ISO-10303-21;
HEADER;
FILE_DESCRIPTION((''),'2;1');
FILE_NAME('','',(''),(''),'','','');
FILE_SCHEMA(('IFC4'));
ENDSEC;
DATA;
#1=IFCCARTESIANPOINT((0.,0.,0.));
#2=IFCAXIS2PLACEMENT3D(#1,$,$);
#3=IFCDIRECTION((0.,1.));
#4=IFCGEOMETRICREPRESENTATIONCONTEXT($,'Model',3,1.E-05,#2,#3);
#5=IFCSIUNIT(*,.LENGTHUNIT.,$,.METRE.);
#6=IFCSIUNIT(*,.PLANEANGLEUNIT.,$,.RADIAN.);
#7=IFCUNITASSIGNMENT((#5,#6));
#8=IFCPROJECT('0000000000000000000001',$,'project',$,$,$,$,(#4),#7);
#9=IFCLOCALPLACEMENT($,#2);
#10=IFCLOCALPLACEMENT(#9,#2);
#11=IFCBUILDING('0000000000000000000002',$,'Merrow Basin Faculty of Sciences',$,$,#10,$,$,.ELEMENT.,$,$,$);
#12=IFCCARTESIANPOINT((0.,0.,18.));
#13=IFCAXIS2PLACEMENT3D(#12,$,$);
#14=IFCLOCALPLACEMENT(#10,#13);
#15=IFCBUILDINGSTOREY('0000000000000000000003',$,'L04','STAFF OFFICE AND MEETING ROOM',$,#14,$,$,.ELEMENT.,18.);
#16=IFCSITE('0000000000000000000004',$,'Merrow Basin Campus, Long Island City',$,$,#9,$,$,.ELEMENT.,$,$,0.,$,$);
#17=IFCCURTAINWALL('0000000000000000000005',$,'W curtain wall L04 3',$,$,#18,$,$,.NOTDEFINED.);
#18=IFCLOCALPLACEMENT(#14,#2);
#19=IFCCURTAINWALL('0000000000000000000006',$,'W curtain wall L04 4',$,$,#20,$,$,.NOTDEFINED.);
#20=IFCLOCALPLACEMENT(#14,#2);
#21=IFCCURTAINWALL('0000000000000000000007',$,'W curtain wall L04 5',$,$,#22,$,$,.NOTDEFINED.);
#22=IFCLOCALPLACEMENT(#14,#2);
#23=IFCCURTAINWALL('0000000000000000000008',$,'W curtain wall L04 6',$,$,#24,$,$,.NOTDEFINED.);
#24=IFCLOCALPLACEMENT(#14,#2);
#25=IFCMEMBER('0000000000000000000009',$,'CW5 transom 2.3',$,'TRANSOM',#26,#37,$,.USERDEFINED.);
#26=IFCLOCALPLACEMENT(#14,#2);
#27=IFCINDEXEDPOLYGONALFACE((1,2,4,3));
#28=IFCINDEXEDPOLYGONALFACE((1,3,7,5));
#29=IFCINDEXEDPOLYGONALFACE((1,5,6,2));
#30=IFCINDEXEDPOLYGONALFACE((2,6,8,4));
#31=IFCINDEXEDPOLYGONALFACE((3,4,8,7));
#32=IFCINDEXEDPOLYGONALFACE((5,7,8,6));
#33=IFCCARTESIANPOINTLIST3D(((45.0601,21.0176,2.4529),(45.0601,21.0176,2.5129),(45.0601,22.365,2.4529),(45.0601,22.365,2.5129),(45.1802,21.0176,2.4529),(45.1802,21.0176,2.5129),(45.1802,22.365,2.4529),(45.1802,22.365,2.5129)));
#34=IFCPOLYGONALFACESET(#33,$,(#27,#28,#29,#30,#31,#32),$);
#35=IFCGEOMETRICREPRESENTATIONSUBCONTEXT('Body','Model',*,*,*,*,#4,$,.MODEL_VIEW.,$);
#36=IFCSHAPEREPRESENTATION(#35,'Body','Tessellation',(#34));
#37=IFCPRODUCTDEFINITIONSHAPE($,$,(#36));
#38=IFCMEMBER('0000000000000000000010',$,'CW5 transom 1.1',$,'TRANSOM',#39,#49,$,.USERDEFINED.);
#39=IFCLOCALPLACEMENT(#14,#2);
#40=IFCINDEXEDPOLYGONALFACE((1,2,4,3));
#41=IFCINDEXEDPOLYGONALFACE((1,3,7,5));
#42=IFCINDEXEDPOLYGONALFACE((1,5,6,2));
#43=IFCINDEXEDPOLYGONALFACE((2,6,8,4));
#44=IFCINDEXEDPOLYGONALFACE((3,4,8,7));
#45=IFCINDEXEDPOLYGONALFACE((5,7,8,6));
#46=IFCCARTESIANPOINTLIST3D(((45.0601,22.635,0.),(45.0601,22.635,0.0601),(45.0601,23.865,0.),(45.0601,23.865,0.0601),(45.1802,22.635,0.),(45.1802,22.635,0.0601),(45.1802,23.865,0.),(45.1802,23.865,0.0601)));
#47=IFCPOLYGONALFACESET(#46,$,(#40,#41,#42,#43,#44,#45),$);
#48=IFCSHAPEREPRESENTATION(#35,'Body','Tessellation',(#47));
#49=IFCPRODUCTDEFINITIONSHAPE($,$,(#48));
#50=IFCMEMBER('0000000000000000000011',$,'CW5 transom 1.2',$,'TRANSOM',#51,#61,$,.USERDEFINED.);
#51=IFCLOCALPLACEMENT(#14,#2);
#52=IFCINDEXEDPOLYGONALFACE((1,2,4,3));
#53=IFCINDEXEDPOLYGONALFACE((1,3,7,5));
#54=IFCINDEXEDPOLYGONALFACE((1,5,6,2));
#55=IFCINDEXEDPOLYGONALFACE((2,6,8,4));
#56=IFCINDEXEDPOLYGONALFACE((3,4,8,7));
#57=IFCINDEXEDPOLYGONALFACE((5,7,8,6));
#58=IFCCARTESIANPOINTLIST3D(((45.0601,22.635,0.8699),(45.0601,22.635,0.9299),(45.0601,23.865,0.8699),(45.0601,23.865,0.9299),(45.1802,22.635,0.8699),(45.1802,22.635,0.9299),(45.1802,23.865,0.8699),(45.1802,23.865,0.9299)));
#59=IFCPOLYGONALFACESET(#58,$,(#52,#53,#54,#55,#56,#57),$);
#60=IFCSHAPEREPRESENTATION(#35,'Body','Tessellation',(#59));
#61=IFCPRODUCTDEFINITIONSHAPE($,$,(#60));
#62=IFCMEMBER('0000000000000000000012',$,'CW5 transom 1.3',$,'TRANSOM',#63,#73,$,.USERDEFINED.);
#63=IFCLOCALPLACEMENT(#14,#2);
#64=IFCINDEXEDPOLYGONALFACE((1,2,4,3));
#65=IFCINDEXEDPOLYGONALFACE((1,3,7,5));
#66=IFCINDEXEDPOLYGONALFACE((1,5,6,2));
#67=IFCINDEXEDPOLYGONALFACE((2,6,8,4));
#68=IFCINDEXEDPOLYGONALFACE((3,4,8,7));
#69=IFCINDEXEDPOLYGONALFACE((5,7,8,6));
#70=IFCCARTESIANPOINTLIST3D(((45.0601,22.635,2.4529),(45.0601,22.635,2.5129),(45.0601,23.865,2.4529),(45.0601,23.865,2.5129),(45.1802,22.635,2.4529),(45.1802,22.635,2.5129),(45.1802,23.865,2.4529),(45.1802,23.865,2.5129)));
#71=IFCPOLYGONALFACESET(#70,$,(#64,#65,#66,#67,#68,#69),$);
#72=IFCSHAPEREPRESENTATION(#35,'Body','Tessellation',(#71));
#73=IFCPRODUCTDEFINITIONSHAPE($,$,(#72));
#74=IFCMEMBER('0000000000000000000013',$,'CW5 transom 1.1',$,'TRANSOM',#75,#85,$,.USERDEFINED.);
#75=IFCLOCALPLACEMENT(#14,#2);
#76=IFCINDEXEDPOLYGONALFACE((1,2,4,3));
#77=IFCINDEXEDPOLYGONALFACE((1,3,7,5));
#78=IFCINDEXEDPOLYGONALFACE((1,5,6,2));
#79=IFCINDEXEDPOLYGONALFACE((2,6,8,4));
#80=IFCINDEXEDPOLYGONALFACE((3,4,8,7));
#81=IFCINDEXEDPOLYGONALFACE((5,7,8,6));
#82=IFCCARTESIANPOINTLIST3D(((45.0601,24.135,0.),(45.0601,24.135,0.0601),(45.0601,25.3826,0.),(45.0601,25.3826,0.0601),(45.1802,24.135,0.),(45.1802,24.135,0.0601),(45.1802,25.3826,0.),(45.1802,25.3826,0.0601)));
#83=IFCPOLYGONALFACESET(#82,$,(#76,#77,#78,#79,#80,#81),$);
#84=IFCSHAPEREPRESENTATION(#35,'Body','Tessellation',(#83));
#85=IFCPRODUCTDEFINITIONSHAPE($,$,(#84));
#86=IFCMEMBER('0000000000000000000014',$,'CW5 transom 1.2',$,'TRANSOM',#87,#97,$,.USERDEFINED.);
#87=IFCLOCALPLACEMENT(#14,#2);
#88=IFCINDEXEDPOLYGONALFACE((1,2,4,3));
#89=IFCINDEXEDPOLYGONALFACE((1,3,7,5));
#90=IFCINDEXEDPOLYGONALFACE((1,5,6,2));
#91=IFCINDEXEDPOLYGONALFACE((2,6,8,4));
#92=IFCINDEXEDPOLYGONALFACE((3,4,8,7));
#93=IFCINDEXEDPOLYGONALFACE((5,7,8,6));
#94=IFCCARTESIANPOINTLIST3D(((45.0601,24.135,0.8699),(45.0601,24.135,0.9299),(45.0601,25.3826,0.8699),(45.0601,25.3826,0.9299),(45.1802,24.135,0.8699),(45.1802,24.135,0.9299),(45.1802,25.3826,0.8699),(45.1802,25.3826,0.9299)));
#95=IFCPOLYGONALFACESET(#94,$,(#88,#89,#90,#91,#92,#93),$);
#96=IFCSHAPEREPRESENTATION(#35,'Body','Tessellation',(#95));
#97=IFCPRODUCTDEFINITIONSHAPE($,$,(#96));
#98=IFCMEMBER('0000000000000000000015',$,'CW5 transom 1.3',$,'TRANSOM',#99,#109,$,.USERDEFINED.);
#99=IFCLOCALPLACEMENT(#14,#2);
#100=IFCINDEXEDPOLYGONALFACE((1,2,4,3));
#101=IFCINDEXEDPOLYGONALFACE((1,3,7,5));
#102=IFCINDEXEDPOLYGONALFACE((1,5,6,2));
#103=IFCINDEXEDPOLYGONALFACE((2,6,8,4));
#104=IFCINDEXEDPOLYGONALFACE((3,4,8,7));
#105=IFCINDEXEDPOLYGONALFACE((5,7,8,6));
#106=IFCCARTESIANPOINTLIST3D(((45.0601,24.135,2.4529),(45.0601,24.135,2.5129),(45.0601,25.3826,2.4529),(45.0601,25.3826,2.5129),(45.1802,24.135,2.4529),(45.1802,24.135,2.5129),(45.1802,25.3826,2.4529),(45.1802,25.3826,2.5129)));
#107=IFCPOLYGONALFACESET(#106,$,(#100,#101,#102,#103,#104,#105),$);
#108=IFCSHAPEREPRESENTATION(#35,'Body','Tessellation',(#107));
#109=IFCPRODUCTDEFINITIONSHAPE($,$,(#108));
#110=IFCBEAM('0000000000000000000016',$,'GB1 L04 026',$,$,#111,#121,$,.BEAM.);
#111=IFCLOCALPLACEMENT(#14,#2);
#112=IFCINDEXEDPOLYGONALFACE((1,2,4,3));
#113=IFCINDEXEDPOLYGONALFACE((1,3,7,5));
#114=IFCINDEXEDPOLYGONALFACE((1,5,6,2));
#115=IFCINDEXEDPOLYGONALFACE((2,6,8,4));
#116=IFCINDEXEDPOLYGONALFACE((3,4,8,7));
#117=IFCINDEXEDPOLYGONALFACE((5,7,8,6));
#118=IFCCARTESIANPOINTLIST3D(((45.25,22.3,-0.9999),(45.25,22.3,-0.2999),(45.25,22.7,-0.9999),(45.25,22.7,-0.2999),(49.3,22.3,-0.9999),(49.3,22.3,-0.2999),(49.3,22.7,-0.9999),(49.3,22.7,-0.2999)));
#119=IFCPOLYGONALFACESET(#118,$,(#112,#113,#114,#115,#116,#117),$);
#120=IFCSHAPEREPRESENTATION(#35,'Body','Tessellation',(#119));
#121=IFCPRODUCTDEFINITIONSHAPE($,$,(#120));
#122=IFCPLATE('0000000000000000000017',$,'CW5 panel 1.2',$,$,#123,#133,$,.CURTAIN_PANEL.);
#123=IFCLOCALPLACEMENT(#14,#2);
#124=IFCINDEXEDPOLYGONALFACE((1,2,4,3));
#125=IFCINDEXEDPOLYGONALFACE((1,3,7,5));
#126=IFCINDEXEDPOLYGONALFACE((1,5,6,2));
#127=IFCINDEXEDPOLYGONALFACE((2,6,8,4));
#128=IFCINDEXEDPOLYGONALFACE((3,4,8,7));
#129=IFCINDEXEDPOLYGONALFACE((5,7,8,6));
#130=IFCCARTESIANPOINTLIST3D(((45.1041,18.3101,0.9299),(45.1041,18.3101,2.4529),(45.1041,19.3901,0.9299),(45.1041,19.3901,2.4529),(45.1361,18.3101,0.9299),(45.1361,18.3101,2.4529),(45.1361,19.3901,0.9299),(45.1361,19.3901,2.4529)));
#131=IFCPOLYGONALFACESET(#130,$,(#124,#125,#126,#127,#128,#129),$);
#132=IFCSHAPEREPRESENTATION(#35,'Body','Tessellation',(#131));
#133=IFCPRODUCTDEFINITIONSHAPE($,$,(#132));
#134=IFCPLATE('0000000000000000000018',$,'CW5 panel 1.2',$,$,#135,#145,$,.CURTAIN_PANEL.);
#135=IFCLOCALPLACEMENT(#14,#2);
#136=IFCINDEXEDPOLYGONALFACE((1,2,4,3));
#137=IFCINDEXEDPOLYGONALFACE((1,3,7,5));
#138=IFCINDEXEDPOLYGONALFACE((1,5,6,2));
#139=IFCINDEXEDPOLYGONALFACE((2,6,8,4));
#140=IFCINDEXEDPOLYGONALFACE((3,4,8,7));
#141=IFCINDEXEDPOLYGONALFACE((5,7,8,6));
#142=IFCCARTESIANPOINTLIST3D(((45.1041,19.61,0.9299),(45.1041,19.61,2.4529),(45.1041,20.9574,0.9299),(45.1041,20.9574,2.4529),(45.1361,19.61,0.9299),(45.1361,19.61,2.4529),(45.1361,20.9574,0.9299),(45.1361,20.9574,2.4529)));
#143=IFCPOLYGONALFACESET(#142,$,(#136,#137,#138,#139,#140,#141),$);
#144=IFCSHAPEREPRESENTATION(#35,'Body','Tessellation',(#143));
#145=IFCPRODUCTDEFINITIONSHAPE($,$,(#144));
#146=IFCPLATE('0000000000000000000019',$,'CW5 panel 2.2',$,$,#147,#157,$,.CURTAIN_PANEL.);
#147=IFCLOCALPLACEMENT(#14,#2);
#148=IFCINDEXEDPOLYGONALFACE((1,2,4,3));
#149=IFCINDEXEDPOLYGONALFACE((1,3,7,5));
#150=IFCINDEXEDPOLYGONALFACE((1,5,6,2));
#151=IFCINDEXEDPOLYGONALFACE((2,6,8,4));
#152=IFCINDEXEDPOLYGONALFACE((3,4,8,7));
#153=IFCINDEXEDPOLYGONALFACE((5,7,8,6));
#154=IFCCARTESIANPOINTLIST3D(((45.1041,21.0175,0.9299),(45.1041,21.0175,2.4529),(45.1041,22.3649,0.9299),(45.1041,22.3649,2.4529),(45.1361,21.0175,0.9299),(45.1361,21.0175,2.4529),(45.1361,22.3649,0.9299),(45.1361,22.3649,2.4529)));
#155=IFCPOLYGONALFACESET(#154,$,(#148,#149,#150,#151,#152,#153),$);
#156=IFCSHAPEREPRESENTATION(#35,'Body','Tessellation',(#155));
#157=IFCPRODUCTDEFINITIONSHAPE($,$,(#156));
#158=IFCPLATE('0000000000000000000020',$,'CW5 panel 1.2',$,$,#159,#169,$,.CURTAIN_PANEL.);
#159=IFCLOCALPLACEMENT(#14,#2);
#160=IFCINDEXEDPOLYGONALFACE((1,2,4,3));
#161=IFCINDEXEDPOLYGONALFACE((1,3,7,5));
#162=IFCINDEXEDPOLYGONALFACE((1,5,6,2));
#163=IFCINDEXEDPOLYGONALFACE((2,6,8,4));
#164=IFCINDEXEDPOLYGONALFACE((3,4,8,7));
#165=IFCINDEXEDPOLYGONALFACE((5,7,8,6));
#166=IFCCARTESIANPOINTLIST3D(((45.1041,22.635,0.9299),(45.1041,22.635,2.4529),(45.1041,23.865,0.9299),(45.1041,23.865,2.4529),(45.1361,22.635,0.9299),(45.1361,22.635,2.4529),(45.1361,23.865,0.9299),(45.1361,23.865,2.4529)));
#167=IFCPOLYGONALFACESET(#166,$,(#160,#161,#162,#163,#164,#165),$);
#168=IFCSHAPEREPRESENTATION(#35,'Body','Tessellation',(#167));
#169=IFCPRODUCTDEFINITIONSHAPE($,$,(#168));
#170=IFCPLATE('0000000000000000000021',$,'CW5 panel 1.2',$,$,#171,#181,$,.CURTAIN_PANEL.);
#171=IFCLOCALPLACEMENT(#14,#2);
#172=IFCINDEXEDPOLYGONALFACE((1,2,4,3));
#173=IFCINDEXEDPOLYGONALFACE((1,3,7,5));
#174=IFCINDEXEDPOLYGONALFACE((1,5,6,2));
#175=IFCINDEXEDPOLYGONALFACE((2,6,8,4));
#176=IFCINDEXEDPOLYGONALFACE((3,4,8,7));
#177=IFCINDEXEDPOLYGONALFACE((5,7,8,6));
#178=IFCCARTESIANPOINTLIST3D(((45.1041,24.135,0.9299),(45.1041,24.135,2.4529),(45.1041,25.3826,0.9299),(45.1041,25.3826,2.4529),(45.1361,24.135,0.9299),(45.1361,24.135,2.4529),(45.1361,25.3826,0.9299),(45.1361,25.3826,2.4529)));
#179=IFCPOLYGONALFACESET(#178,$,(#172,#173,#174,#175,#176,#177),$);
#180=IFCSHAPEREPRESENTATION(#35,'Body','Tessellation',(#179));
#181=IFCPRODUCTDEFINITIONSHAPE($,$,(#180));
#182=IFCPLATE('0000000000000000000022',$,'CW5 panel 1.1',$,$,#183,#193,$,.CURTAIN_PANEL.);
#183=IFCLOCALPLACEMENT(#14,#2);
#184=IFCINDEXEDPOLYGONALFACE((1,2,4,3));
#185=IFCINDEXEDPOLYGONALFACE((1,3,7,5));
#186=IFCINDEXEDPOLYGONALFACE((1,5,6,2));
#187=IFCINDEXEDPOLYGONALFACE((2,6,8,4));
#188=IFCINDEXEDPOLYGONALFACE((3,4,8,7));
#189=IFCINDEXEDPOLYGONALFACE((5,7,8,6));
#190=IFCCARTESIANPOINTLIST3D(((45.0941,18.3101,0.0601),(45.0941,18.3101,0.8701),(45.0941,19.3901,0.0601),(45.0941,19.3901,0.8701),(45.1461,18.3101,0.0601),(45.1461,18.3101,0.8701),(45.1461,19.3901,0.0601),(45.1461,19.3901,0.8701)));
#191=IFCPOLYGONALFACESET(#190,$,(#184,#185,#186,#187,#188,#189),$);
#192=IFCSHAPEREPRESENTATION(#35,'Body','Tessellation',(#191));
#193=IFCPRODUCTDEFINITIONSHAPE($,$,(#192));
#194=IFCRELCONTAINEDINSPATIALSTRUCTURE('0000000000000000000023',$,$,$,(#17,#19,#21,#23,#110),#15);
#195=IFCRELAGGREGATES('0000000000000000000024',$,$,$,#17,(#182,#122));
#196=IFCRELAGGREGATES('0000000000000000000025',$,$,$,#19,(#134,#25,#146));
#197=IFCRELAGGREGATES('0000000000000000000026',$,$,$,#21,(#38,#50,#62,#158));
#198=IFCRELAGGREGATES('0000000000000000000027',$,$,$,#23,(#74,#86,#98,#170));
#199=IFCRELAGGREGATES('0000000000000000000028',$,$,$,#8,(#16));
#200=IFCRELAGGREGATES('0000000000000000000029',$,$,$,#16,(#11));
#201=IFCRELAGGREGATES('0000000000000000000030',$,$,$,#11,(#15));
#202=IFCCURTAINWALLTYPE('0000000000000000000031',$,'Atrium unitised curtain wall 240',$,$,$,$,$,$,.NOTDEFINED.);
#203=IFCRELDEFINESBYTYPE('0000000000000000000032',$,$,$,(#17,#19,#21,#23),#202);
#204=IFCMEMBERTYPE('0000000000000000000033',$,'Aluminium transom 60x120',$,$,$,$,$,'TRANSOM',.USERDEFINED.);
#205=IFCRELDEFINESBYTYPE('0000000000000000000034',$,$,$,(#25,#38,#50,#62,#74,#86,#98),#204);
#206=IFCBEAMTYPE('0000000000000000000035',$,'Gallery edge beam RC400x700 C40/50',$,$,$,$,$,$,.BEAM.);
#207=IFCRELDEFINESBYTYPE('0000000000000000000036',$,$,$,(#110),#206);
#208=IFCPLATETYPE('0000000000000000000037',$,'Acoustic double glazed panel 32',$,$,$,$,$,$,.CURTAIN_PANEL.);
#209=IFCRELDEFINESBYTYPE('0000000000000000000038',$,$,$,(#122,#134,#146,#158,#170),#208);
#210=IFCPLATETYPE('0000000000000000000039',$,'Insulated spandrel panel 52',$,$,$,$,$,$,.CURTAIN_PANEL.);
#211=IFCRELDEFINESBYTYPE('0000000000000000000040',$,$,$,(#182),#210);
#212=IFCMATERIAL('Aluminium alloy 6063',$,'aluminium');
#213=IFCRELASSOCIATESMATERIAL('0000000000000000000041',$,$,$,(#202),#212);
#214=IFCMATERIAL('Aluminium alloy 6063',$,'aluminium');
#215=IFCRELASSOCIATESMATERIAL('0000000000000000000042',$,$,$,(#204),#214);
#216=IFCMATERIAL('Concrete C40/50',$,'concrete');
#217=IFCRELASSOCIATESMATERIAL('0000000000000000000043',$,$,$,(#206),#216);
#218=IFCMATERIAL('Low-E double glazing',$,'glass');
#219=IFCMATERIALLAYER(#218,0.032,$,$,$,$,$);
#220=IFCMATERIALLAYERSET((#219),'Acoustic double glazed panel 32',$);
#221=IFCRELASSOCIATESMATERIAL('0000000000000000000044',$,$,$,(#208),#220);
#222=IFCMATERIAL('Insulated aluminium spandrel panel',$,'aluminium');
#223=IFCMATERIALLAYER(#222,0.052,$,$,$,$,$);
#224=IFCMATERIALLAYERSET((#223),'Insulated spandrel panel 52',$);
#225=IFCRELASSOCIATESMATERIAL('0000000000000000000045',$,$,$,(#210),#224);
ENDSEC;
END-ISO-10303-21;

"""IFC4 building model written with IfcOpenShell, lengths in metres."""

from ifc_helpers import new_model, si_unit, direction, frame, origin, origin_2d, place, context, subcontext, project, spatial, rectangle, extrude, material, layer, layer_set, material_profile, profile_set, type_object, element, aggregate, save


model = new_model("IFC4")

# Units and contexts
model_context = context("Model", 3, precision=1e-05, world=origin(), true_north=direction((0.0, 1.0)))
body_context = subcontext(model_context, "Body", "Model", "MODEL_VIEW")
ifc_project = project(units=[si_unit("LENGTHUNIT", "METRE"), si_unit("PLANEANGLEUNIT", "RADIAN")], contexts=[model_context])

# Site, building, storey
site_placement = place(None, origin())
site = spatial("IfcSite", under=ifc_project, at=site_placement, Name="Merrow Basin Campus, Long Island City", CompositionType="ELEMENT", RefElevation=0.0)
building_placement = place(site_placement, origin())
building = spatial("IfcBuilding", under=site, at=building_placement, Name="Merrow Basin Faculty of Sciences", CompositionType="ELEMENT")
storey_placement = place(building_placement, frame((0.0, 0.0, 18.0)))
storey = spatial("IfcBuildingStorey", under=building, at=storey_placement, Name="L04", Description="STAFF OFFICE AND MEETING ROOM", CompositionType="ELEMENT", Elevation=18.0)

# Curtain wall
ifc_material_1 = material(Name="Aluminium alloy 6063", Category="aluminium")
curtain_wall_type = type_object("IfcCurtainWallType", Name="Atrium unitised curtain wall 240", PredefinedType="NOTDEFINED", material=ifc_material_1)
curtain_wall_1_placement = place(storey_placement, origin())
curtain_wall_1 = element("IfcCurtainWall", 1, at=curtain_wall_1_placement, inside=storey, type_object=curtain_wall_type, Name="W curtain wall L04 3", PredefinedType="NOTDEFINED")

# Curtain walls
curtain_wall_2_placement = place(storey_placement, origin())
curtain_wall_2 = element("IfcCurtainWall", 2, at=curtain_wall_2_placement, inside=storey, type_object=curtain_wall_type, Name="W curtain wall L04 4", PredefinedType="NOTDEFINED")
curtain_wall_3_placement = place(storey_placement, origin())
curtain_wall_3 = element("IfcCurtainWall", 3, at=curtain_wall_3_placement, inside=storey, type_object=curtain_wall_type, Name="W curtain wall L04 5", PredefinedType="NOTDEFINED")
curtain_wall_4_placement = place(storey_placement, origin())
curtain_wall_4 = element("IfcCurtainWall", 4, at=curtain_wall_4_placement, inside=storey, type_object=curtain_wall_type, Name="W curtain wall L04 6", PredefinedType="NOTDEFINED")

# Members
ifc_material_2 = material(Name="Aluminium alloy 6063", Category="aluminium")
ifc_material_profile_1 = material_profile(ifc_material_2, rectangle(XDim=0.1201, YDim=0.0601, at=origin_2d()))
ifc_profile_set_1 = profile_set([ifc_material_profile_1], Name="Aluminium alloy 6063")
member_type_1 = type_object("IfcMemberType", Name="Aluminium transom 60x120", ElementType="TRANSOM", PredefinedType="USERDEFINED", material=ifc_profile_set_1)
member_1_placement = place(storey_placement, frame((45.1201, 21.0176, 2.4829), z_axis=(0.0, 1.0, 0.0), x_axis=(-1.0, 0.0, 0.0)))
member_1 = element("IfcMember", 5, at=member_1_placement, type_object=member_type_1, Name="CW5 transom 2.3", ObjectType="TRANSOM", PredefinedType="USERDEFINED", context=body_context, shape_type="SweptSolid", body=[
    extrude(rectangle(XDim=0.1201, YDim=0.0601, at=origin_2d()), origin(), (0.0, 0.0, 1.0), 1.3474),
])
member_2_placement = place(storey_placement, frame((45.1201, 22.635, 0.03), z_axis=(0.0, 1.0, 0.0), x_axis=(-1.0, 0.0, 0.0)))
member_2 = element("IfcMember", 6, at=member_2_placement, type_object=member_type_1, Name="CW5 transom 1.1", ObjectType="TRANSOM", PredefinedType="USERDEFINED", context=body_context, shape_type="SweptSolid", body=[
    extrude(rectangle(XDim=0.1201, YDim=0.0601, at=origin_2d()), origin(), (0.0, 0.0, 1.0), 1.23),
])
member_3_placement = place(storey_placement, frame((45.1201, 22.635, 0.8999), z_axis=(0.0, 1.0, 0.0), x_axis=(-1.0, 0.0, 0.0)))
member_3 = element("IfcMember", 7, at=member_3_placement, type_object=member_type_1, Name="CW5 transom 1.2", ObjectType="TRANSOM", PredefinedType="USERDEFINED", context=body_context, shape_type="SweptSolid", body=[
    extrude(rectangle(XDim=0.1201, YDim=0.0601, at=origin_2d()), origin(), (0.0, 0.0, 1.0), 1.23),
])
member_4_placement = place(storey_placement, frame((45.1201, 22.635, 2.4829), z_axis=(0.0, 1.0, 0.0), x_axis=(-1.0, 0.0, 0.0)))
member_4 = element("IfcMember", 8, at=member_4_placement, type_object=member_type_1, Name="CW5 transom 1.3", ObjectType="TRANSOM", PredefinedType="USERDEFINED", context=body_context, shape_type="SweptSolid", body=[
    extrude(rectangle(XDim=0.1201, YDim=0.0601, at=origin_2d()), origin(), (0.0, 0.0, 1.0), 1.23),
])
member_5_placement = place(storey_placement, frame((45.1201, 24.135, 0.03), z_axis=(0.0, 1.0, 0.0), x_axis=(-1.0, 0.0, 0.0)))
member_5 = element("IfcMember", 9, at=member_5_placement, type_object=member_type_1, Name="CW5 transom 1.1", ObjectType="TRANSOM", PredefinedType="USERDEFINED", context=body_context, shape_type="SweptSolid", body=[
    extrude(rectangle(XDim=0.1201, YDim=0.0601, at=origin_2d()), origin(), (0.0, 0.0, 1.0), 1.2476),
])
member_6_placement = place(storey_placement, frame((45.1201, 24.135, 0.8999), z_axis=(0.0, 1.0, 0.0), x_axis=(-1.0, 0.0, 0.0)))
member_6 = element("IfcMember", 10, at=member_6_placement, type_object=member_type_1, Name="CW5 transom 1.2", ObjectType="TRANSOM", PredefinedType="USERDEFINED", context=body_context, shape_type="SweptSolid", body=[
    extrude(rectangle(XDim=0.1201, YDim=0.0601, at=origin_2d()), origin(), (0.0, 0.0, 1.0), 1.2476),
])
member_7_placement = place(storey_placement, frame((45.1201, 24.135, 2.4829), z_axis=(0.0, 1.0, 0.0), x_axis=(-1.0, 0.0, 0.0)))
member_7 = element("IfcMember", 11, at=member_7_placement, type_object=member_type_1, Name="CW5 transom 1.3", ObjectType="TRANSOM", PredefinedType="USERDEFINED", context=body_context, shape_type="SweptSolid", body=[
    extrude(rectangle(XDim=0.1201, YDim=0.0601, at=origin_2d()), origin(), (0.0, 0.0, 1.0), 1.2476),
])

# Beam
ifc_material_3 = material(Name="Concrete C40/50", Category="concrete")
ifc_material_profile_2 = material_profile(ifc_material_3, rectangle(XDim=0.3999, YDim=0.7, at=origin_2d()))
ifc_profile_set_2 = profile_set([ifc_material_profile_2], Name="Concrete C40/50")
beam_type = type_object("IfcBeamType", Name="Gallery edge beam RC400x700 C40/50", PredefinedType="BEAM", material=ifc_profile_set_2)
beam_placement = place(storey_placement, frame((45.25, 22.5, -0.6499), z_axis=(1.0, 0.0, 0.0), x_axis=(0.0, 1.0, 0.0)))
element("IfcBeam", 12, at=beam_placement, inside=storey, type_object=beam_type, Name="GB1 L04 026", PredefinedType="BEAM", context=body_context, shape_type="SweptSolid", body=[
    extrude(rectangle(XDim=0.3999, YDim=0.7, at=origin_2d()), origin(), (0.0, 0.0, 1.0), 4.05),
])

# Plates
ifc_material_4 = material(Name="Low-E double glazing", Category="glass")
ifc_layer_1 = layer(ifc_material_4, 0.032)
ifc_layer_set_1 = layer_set([ifc_layer_1], Name="Acoustic double glazed panel 32")
plate_type_1 = type_object("IfcPlateType", Name="Acoustic double glazed panel 32", PredefinedType="CURTAIN_PANEL", material=ifc_layer_set_1)
plate_1_placement = place(storey_placement, frame((45.1201, 18.8501, 0.9299), z_axis=(0.0, 0.0, 1.0), x_axis=(0.0, 1.0, 0.0)))
plate_1 = element("IfcPlate", 13, at=plate_1_placement, type_object=plate_type_1, Name="CW5 panel 1.2", PredefinedType="CURTAIN_PANEL", context=body_context, shape_type="SweptSolid", body=[
    extrude(rectangle(XDim=1.0801, YDim=0.032, at=origin_2d()), origin(), (0.0, 0.0, 1.0), 1.5229),
])
plate_2_placement = place(storey_placement, frame((45.1201, 20.2837, 0.9299), z_axis=(0.0, 0.0, 1.0), x_axis=(0.0, 1.0, 0.0)))
plate_2 = element("IfcPlate", 14, at=plate_2_placement, type_object=plate_type_1, Name="CW5 panel 1.2", PredefinedType="CURTAIN_PANEL", context=body_context, shape_type="SweptSolid", body=[
    extrude(rectangle(XDim=1.3474, YDim=0.032, at=origin_2d()), origin(), (0.0, 0.0, 1.0), 1.5229),
])
plate_3_placement = place(storey_placement, frame((45.1201, 21.6912, 0.9299), z_axis=(0.0, 0.0, 1.0), x_axis=(0.0, 1.0, 0.0)))
plate_3 = element("IfcPlate", 15, at=plate_3_placement, type_object=plate_type_1, Name="CW5 panel 2.2", PredefinedType="CURTAIN_PANEL", context=body_context, shape_type="SweptSolid", body=[
    extrude(rectangle(XDim=1.3474, YDim=0.032, at=origin_2d()), origin(), (0.0, 0.0, 1.0), 1.5229),
])
plate_4_placement = place(storey_placement, frame((45.1201, 23.25, 0.9299), z_axis=(0.0, 0.0, 1.0), x_axis=(0.0, 1.0, 0.0)))
plate_4 = element("IfcPlate", 16, at=plate_4_placement, type_object=plate_type_1, Name="CW5 panel 1.2", PredefinedType="CURTAIN_PANEL", context=body_context, shape_type="SweptSolid", body=[
    extrude(rectangle(XDim=1.23, YDim=0.032, at=origin_2d()), origin(), (0.0, 0.0, 1.0), 1.5229),
])
plate_5_placement = place(storey_placement, frame((45.1201, 24.7588, 0.9299), z_axis=(0.0, 0.0, 1.0), x_axis=(0.0, 1.0, 0.0)))
plate_5 = element("IfcPlate", 17, at=plate_5_placement, type_object=plate_type_1, Name="CW5 panel 1.2", PredefinedType="CURTAIN_PANEL", context=body_context, shape_type="SweptSolid", body=[
    extrude(rectangle(XDim=1.2476, YDim=0.032, at=origin_2d()), origin(), (0.0, 0.0, 1.0), 1.5229),
])
ifc_material_5 = material(Name="Insulated aluminium spandrel panel", Category="aluminium")
ifc_layer_2 = layer(ifc_material_5, 0.052)
ifc_layer_set_2 = layer_set([ifc_layer_2], Name="Insulated spandrel panel 52")
plate_type_2 = type_object("IfcPlateType", Name="Insulated spandrel panel 52", PredefinedType="CURTAIN_PANEL", material=ifc_layer_set_2)
plate_6_placement = place(storey_placement, frame((45.1201, 18.8501, 0.0601), z_axis=(0.0, 0.0, 1.0), x_axis=(0.0, 1.0, 0.0)))
plate_6 = element("IfcPlate", 18, at=plate_6_placement, type_object=plate_type_2, Name="CW5 panel 1.1", PredefinedType="CURTAIN_PANEL", context=body_context, shape_type="SweptSolid", body=[
    extrude(rectangle(XDim=1.0801, YDim=0.052, at=origin_2d()), origin(), (0.0, 0.0, 1.0), 0.8101),
])
aggregate(curtain_wall_1, [plate_6, plate_1])
aggregate(curtain_wall_2, [plate_2, member_1, plate_3])
aggregate(curtain_wall_3, [member_2, member_3, member_4, plate_4])
aggregate(curtain_wall_4, [member_5, member_6, member_7, plate_5])

save(model, "model.ifc")
